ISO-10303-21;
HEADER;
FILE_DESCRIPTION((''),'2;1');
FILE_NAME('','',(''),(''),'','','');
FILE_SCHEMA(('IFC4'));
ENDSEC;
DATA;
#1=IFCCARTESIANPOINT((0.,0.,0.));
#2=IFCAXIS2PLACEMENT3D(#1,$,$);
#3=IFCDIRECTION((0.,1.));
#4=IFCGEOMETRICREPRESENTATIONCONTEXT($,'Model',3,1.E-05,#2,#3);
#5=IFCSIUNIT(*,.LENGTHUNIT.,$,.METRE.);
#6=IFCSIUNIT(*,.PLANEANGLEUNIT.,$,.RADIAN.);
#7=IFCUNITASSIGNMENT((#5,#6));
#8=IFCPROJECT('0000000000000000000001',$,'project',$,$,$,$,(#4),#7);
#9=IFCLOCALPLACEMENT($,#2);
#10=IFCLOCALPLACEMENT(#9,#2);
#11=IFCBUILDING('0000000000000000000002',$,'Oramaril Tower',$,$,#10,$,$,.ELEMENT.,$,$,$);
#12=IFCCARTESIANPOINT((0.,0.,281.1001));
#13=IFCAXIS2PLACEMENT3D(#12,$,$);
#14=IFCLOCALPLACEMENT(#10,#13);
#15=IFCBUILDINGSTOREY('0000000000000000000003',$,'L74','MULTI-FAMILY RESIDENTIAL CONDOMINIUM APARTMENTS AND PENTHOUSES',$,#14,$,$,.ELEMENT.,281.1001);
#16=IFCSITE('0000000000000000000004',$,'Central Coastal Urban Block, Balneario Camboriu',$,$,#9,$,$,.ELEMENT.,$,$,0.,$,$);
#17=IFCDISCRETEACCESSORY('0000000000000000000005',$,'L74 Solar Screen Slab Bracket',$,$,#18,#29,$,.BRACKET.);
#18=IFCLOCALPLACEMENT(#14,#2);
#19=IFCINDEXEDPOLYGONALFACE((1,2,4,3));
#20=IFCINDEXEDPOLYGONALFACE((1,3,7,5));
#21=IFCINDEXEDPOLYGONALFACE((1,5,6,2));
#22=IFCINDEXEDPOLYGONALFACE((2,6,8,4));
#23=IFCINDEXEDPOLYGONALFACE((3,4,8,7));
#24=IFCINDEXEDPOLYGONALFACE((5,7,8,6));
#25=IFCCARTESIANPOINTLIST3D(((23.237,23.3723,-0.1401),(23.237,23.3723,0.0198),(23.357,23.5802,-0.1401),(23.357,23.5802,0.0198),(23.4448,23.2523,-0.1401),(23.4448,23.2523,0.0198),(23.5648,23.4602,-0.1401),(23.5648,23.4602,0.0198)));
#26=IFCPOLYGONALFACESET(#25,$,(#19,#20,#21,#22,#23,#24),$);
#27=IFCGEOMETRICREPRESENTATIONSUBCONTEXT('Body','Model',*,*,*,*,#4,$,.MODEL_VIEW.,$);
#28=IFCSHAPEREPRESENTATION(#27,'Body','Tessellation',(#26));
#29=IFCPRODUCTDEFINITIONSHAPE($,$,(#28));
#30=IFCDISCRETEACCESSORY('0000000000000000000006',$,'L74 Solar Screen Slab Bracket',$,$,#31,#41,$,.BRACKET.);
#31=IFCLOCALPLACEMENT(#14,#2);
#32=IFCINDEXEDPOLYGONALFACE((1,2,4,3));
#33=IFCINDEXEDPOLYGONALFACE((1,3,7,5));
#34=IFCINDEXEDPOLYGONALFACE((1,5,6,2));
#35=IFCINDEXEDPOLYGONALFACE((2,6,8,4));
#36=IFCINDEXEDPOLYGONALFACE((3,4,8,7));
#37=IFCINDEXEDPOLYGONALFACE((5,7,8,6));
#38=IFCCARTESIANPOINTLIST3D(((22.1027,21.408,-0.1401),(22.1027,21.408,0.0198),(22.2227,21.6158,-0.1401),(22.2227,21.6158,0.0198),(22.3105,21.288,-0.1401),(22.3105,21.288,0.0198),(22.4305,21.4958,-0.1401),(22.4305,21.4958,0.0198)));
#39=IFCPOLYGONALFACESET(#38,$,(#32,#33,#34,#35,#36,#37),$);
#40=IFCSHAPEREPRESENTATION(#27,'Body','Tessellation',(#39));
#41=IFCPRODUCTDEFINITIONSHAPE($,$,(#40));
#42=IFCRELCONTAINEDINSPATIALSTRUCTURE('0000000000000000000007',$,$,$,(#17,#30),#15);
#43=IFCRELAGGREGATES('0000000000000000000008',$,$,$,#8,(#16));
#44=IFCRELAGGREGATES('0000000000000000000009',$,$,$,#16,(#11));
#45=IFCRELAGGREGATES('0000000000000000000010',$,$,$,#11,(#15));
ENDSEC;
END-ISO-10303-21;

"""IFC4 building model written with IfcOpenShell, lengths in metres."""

from ifc_helpers import new_model, si_unit, direction, frame, origin, origin_2d, place, context, subcontext, project, spatial, rectangle, extrude, element, save


model = new_model("IFC4")

# Units and contexts
model_context = context("Model", 3, precision=1e-05, world=origin(), true_north=direction((0.0, 1.0)))
body_context = subcontext(model_context, "Body", "Model", "MODEL_VIEW")
ifc_project = project(units=[si_unit("LENGTHUNIT", "METRE"), si_unit("PLANEANGLEUNIT", "RADIAN")], contexts=[model_context])

# Site, building, storey
site_placement = place(None, origin())
site = spatial("IfcSite", under=ifc_project, at=site_placement, Name="Central Coastal Urban Block, Balneario Camboriu", CompositionType="ELEMENT", RefElevation=0.0)
building_placement = place(site_placement, origin())
building = spatial("IfcBuilding", under=site, at=building_placement, Name="Oramaril Tower", CompositionType="ELEMENT")
storey_placement = place(building_placement, frame((0.0, 0.0, 281.1001)))
storey = spatial("IfcBuildingStorey", under=building, at=storey_placement, Name="L74", Description="MULTI-FAMILY RESIDENTIAL CONDOMINIUM APARTMENTS AND PENTHOUSES", CompositionType="ELEMENT", Elevation=281.1001)

# Discrete accessories
for number, where, z_axis, x_axis, name in (
    (1, (23.4009, 23.4163, -0.1401), (0.0, 0.0, 1.0), (-0.5, -0.866025, 0.0), "L74 Solar Screen Slab Bracket"),
    (2, (22.2666, 21.4519, -0.1401), (0.0, 0.0, 1.0), (-0.5, -0.866025, 0.0), "L74 Solar Screen Slab Bracket"),
):
    element("IfcDiscreteAccessory", number, at=place(storey_placement, frame(where, z_axis=z_axis, x_axis=x_axis)), inside=storey, Name=name, PredefinedType="BRACKET", context=body_context, shape_type="SweptSolid", body=[
        extrude(rectangle(XDim=0.24, YDim=0.24, at=origin_2d()), origin(), (0.0, 0.0, 1.0), 0.1599),
    ])

save(model, "model.ifc")
